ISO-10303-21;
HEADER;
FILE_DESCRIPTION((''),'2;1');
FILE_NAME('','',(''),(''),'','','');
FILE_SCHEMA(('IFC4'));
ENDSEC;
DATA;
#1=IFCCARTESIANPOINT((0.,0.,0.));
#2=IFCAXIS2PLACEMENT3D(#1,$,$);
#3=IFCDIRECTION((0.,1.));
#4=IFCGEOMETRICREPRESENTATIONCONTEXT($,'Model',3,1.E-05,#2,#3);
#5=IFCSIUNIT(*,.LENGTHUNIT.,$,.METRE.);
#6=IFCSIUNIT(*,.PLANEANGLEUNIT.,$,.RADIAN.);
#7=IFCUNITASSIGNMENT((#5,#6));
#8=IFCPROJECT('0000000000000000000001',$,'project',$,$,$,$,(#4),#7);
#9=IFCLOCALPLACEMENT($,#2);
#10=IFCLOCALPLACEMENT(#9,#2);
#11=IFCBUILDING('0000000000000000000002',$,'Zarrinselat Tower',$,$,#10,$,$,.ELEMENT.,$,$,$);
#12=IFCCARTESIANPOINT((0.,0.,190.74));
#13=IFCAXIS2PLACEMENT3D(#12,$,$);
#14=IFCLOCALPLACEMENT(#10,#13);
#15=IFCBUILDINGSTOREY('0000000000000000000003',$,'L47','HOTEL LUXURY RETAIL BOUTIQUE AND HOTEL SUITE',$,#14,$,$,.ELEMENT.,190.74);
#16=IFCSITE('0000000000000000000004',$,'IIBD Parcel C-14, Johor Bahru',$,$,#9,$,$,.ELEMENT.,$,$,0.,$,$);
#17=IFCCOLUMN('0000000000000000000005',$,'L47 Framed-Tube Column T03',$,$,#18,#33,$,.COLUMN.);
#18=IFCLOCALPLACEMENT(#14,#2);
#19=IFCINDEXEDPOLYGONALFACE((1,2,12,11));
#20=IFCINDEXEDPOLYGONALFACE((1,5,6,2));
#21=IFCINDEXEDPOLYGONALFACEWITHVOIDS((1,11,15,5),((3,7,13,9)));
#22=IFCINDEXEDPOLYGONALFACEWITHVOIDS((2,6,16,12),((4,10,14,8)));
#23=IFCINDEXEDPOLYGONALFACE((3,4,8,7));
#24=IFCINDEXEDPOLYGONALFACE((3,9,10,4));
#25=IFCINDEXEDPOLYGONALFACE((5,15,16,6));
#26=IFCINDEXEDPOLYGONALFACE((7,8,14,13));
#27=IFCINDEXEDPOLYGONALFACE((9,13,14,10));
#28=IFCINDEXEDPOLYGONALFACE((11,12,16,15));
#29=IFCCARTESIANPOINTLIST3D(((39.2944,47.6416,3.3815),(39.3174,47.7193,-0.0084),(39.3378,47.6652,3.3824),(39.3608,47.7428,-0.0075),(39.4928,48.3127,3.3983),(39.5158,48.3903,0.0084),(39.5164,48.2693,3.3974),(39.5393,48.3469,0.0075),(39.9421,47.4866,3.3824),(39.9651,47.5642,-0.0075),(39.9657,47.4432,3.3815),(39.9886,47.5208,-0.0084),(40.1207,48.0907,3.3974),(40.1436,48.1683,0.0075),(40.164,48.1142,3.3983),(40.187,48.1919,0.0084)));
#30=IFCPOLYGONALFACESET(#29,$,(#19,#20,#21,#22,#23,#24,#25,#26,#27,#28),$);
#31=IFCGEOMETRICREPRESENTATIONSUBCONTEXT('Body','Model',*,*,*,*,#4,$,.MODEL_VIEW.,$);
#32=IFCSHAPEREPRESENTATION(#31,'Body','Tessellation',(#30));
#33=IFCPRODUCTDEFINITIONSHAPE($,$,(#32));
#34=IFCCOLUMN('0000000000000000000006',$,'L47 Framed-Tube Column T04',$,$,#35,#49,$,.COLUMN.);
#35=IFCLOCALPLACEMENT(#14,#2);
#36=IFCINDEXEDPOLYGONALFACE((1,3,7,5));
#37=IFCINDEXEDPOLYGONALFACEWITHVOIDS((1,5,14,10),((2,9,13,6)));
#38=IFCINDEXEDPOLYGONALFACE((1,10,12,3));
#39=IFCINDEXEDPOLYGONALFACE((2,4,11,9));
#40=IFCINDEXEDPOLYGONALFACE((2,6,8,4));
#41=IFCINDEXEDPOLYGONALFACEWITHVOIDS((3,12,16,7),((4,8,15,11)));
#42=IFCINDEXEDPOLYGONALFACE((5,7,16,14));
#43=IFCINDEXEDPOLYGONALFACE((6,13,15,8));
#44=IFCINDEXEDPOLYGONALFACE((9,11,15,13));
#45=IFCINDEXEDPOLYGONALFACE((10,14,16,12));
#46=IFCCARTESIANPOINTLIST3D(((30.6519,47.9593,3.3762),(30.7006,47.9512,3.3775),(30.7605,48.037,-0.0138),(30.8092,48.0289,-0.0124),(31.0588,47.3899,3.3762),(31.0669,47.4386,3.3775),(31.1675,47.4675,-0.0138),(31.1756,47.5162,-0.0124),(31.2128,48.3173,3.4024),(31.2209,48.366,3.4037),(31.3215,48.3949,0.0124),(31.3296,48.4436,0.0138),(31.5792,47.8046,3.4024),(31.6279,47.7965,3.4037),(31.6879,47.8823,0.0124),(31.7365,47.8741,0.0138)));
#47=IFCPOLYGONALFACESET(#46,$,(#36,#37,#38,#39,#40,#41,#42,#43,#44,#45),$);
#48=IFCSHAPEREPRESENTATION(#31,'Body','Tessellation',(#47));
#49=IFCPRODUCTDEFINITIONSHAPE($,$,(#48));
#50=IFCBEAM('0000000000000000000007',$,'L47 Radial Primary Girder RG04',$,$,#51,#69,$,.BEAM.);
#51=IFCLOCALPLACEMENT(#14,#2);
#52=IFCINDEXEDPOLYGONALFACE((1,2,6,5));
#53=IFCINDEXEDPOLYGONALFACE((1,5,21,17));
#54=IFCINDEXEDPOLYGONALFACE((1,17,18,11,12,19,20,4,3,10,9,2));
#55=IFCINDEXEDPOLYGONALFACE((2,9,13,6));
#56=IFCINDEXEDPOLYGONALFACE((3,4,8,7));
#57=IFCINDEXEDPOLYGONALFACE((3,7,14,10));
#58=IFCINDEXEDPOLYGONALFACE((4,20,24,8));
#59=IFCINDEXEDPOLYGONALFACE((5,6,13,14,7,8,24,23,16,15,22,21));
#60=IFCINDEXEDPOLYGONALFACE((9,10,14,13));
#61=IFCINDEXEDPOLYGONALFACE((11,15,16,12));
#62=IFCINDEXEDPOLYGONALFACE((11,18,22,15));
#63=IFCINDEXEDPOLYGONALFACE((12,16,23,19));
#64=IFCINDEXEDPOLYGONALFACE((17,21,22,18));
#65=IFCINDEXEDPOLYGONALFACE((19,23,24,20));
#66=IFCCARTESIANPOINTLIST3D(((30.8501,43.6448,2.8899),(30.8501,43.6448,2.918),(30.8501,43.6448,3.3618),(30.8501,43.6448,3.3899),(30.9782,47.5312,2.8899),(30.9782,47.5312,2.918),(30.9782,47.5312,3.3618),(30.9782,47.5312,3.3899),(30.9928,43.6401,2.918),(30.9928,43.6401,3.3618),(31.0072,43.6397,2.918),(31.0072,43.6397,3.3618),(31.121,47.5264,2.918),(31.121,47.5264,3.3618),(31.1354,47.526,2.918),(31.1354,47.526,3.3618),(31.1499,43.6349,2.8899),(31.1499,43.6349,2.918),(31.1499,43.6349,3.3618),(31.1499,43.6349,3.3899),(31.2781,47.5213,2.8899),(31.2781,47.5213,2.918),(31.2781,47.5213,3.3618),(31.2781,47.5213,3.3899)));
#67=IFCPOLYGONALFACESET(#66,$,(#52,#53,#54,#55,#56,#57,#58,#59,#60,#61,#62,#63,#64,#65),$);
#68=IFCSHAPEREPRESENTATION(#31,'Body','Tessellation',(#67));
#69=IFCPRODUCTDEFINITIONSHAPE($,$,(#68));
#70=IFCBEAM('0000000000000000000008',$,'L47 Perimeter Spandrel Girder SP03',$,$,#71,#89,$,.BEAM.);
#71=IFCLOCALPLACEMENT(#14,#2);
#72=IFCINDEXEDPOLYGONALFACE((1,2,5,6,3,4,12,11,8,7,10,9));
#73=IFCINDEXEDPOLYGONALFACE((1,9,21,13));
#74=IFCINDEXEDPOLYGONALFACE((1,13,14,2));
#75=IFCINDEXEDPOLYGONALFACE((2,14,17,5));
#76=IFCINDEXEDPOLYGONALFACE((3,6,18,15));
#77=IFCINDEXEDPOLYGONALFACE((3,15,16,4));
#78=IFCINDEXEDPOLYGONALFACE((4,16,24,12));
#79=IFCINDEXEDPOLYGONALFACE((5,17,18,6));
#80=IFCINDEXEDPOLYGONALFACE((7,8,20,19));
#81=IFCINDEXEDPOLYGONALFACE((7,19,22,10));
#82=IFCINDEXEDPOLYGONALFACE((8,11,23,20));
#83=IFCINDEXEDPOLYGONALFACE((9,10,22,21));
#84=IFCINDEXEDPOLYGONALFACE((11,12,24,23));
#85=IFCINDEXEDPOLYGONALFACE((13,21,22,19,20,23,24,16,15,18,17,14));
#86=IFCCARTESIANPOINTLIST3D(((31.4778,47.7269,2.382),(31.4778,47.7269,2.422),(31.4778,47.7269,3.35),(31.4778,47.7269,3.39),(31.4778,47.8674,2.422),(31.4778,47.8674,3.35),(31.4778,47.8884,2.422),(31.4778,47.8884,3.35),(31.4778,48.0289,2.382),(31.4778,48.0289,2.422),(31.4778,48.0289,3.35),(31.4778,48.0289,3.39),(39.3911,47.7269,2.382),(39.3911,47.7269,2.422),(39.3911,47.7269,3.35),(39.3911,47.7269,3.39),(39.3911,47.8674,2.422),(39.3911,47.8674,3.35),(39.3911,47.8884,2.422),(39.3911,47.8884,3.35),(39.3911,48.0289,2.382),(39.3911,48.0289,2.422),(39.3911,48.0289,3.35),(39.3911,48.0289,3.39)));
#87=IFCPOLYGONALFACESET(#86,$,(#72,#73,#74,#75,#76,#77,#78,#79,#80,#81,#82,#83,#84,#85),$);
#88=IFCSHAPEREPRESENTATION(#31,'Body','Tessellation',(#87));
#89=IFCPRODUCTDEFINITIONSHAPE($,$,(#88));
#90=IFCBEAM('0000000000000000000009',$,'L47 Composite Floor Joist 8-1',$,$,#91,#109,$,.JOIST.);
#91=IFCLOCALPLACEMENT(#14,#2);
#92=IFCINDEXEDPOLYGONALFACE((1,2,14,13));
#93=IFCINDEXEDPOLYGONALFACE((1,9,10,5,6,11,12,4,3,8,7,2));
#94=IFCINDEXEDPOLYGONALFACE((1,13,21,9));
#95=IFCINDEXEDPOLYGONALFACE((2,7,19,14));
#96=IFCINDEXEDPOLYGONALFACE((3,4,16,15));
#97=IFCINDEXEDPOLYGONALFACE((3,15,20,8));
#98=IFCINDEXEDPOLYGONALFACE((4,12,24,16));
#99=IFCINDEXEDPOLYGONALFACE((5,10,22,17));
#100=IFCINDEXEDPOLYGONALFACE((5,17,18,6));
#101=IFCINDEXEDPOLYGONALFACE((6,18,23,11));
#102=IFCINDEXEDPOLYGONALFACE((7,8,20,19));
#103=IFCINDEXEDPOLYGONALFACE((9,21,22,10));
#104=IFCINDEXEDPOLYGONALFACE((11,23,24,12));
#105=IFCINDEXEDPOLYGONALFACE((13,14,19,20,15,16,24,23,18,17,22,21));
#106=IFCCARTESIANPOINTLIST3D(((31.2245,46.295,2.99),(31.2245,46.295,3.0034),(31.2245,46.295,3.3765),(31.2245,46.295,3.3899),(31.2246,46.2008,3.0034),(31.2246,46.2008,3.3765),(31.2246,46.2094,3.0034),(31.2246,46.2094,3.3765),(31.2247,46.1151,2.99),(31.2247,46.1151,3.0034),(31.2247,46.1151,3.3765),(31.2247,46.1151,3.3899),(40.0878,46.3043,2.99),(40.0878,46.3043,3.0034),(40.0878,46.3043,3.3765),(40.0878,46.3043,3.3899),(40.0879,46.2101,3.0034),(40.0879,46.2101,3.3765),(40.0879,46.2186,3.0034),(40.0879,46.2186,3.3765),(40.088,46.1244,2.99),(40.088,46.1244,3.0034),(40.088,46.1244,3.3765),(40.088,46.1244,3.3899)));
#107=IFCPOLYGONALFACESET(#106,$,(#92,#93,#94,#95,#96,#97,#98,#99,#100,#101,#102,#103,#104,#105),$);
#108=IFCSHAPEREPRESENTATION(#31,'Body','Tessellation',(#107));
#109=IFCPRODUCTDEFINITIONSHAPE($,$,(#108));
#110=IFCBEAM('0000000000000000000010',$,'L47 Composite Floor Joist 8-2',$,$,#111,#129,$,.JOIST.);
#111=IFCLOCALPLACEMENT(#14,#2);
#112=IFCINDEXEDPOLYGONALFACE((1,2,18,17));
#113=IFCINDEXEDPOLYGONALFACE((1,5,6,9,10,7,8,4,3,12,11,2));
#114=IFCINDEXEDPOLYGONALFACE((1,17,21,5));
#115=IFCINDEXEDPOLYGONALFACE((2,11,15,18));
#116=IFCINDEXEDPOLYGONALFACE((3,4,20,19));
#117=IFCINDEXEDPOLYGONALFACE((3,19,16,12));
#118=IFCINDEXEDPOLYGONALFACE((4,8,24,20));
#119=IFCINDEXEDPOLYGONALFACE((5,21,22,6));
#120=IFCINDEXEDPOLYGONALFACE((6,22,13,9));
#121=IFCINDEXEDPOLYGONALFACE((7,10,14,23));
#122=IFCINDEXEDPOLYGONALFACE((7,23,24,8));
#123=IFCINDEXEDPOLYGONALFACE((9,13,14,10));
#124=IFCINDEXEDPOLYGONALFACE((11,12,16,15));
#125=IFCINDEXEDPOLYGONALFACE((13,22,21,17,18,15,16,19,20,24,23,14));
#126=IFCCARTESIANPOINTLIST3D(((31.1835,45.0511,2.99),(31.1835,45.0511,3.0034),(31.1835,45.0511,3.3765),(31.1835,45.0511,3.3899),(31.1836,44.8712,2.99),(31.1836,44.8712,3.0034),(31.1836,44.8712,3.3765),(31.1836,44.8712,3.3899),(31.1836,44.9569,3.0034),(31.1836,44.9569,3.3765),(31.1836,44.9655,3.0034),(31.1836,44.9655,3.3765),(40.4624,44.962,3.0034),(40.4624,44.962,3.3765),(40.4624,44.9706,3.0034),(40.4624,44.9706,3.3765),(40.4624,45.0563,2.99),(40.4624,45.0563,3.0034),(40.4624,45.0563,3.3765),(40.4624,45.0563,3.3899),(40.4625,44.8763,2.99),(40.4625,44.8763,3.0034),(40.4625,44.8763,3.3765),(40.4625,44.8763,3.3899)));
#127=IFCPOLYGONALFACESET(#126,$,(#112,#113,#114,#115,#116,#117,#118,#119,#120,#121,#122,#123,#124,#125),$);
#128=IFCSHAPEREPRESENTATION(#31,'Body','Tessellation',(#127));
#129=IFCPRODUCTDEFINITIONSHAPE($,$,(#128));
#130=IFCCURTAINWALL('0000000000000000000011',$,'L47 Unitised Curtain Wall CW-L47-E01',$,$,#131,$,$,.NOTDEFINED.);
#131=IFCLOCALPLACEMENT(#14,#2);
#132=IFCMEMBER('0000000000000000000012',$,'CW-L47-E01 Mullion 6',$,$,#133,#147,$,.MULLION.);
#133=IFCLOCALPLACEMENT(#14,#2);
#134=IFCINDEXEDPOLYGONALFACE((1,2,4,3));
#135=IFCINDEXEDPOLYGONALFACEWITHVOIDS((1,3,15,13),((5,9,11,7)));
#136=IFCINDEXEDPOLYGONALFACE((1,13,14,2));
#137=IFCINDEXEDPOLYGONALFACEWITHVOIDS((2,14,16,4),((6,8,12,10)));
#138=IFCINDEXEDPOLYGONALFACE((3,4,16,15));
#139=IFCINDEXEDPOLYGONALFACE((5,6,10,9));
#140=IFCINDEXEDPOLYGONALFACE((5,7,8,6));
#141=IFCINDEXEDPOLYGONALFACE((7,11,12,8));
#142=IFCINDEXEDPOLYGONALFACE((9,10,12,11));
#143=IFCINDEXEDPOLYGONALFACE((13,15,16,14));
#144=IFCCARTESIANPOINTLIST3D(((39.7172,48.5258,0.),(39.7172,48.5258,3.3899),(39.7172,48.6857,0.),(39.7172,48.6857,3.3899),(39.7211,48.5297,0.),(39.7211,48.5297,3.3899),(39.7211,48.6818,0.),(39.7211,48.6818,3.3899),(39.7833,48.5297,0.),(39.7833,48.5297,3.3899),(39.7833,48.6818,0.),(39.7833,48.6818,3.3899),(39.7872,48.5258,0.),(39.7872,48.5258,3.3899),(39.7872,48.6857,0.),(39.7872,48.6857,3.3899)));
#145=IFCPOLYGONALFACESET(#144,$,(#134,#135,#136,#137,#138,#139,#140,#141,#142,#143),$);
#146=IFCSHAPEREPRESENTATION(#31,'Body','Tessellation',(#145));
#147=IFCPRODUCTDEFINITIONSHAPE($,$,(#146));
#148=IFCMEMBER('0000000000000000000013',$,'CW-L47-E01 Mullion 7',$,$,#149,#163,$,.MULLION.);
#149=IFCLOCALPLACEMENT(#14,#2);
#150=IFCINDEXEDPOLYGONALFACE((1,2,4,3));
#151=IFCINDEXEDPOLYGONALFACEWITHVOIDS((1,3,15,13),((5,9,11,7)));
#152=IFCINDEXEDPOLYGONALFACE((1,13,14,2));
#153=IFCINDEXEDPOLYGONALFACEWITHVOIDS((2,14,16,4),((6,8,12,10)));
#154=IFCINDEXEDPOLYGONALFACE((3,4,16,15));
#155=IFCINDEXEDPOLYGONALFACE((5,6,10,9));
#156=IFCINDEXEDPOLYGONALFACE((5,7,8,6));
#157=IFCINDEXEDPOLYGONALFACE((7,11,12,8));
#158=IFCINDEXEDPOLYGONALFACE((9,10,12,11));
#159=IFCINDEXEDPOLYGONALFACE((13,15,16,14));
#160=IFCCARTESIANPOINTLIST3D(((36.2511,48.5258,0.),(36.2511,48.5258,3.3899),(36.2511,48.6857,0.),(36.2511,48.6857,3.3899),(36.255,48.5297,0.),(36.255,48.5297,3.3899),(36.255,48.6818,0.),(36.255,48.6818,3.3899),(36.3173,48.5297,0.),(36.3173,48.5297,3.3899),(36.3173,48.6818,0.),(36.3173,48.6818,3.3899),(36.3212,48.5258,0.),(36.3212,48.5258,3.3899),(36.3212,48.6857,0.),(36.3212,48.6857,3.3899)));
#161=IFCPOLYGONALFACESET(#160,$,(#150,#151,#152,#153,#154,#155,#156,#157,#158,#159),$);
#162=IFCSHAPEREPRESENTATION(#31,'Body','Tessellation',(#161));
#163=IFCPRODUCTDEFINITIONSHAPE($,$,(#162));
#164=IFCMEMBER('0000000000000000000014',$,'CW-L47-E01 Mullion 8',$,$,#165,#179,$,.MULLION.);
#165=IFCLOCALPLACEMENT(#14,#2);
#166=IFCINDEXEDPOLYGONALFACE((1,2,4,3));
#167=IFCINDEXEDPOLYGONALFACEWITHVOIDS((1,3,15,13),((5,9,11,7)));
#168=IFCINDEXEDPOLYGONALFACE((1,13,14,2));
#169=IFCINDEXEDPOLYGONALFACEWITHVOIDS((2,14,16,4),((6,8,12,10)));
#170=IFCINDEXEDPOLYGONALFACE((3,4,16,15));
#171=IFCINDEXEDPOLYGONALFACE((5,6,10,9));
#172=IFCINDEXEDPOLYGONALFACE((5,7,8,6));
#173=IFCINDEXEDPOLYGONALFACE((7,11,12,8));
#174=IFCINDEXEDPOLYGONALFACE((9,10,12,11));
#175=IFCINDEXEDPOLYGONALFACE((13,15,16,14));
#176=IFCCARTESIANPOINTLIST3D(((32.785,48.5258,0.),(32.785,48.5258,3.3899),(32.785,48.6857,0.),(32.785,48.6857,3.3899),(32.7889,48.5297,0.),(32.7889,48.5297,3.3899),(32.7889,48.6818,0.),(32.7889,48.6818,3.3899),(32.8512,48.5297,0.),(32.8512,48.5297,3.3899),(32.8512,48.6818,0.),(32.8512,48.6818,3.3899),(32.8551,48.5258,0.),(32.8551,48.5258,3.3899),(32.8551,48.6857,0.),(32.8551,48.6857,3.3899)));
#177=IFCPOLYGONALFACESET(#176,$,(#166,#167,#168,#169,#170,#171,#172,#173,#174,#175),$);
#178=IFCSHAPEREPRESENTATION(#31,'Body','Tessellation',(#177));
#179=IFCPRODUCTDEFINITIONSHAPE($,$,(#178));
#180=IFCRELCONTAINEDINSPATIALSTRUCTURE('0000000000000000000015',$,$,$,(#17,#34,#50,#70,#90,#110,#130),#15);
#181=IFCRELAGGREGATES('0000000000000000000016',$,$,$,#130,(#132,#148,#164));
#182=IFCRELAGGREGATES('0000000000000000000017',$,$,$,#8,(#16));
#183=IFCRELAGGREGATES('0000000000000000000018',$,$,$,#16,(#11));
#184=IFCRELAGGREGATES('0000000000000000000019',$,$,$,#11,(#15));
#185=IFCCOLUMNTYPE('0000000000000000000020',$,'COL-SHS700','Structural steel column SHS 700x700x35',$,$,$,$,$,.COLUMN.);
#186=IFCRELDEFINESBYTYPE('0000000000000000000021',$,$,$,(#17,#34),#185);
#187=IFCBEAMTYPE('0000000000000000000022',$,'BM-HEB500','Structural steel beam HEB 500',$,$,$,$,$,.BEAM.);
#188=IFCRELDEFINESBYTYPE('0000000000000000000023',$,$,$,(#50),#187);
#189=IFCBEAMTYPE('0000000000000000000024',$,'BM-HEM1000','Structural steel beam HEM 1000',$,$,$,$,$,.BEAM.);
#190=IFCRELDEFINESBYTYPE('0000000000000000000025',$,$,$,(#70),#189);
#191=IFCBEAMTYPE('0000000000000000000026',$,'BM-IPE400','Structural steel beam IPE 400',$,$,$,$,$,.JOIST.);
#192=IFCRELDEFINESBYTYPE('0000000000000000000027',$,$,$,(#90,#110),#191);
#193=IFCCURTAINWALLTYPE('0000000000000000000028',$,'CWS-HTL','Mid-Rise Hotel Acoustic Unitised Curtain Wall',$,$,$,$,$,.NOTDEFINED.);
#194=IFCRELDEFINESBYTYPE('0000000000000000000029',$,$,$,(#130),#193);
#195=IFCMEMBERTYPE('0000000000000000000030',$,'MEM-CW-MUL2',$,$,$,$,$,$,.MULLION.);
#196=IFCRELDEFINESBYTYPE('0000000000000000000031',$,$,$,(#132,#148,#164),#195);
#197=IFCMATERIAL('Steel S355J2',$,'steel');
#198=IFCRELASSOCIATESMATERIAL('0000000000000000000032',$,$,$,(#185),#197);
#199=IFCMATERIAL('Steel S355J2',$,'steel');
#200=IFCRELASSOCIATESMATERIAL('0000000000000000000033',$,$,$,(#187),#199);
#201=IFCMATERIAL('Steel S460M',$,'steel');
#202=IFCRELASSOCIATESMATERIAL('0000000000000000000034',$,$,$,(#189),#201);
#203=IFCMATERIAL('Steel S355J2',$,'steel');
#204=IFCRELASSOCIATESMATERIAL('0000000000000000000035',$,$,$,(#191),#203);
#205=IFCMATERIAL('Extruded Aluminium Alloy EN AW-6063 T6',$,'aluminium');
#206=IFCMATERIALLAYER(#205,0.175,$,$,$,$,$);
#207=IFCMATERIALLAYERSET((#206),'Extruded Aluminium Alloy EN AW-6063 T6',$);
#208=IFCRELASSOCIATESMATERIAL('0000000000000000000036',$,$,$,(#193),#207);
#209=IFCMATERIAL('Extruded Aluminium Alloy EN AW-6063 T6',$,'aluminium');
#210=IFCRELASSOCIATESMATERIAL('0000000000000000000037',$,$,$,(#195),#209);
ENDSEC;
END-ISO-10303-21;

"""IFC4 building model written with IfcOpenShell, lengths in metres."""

from ifc_helpers import new_model, si_unit, direction, frame, origin, origin_2d, place, context, subcontext, project, spatial, hollow_rectangle, i_section, extrude, material, layer, layer_set, material_profile, profile_set, type_object, element, aggregate, save


model = new_model("IFC4")

# Units and contexts
model_context = context("Model", 3, precision=1e-05, world=origin(), true_north=direction((0.0, 1.0)))
body_context = subcontext(model_context, "Body", "Model", "MODEL_VIEW")
ifc_project = project(units=[si_unit("LENGTHUNIT", "METRE"), si_unit("PLANEANGLEUNIT", "RADIAN")], contexts=[model_context])

# Site, building, storey
site_placement = place(None, origin())
site = spatial("IfcSite", under=ifc_project, at=site_placement, Name="IIBD Parcel C-14, Johor Bahru", CompositionType="ELEMENT", RefElevation=0.0)
building_placement = place(site_placement, origin())
building = spatial("IfcBuilding", under=site, at=building_placement, Name="Zarrinselat Tower", CompositionType="ELEMENT")
storey_placement = place(building_placement, frame((0.0, 0.0, 190.74)))
storey = spatial("IfcBuildingStorey", under=building, at=storey_placement, Name="L47", Description="HOTEL LUXURY RETAIL BOUTIQUE AND HOTEL SUITE", CompositionType="ELEMENT", Elevation=190.74)

# Columns
ifc_material_1 = material(Name="Steel S355J2", Category="steel")
ifc_material_profile_1 = material_profile(ifc_material_1, hollow_rectangle(XDim=0.7, YDim=0.7, WallThickness=0.0349, at=origin_2d()), Name="SHS 700x700x35")
ifc_profile_set_1 = profile_set([ifc_material_profile_1], Name="Steel S355J2")
column_type = type_object("IfcColumnType", Name="COL-SHS700", Description="Structural steel column SHS 700x700x35", PredefinedType="COLUMN", material=ifc_profile_set_1)
column_1_placement = place(storey_placement, frame((39.7522, 47.9556, 0.0), z_axis=(-0.006768, -0.022896, 0.999715), x_axis=(0.95898, -0.283472, 0.0)))
element("IfcColumn", 1, at=column_1_placement, inside=storey, type_object=column_type, Name="L47 Framed-Tube Column T03", PredefinedType="COLUMN", context=body_context, shape_type="SweptSolid", body=[
    extrude(hollow_rectangle(XDim=0.7, YDim=0.7, WallThickness=0.0349, at=origin_2d()), origin(), (0.0, 0.0, 1.0), 3.3909),
])
column_2_placement = place(storey_placement, frame((31.2485, 47.9556, 0.0), z_axis=(-0.032024, -0.022885, 0.999225), x_axis=(0.581411, -0.81361, 0.0)))
element("IfcColumn", 2, at=column_2_placement, inside=storey, type_object=column_type, Name="L47 Framed-Tube Column T04", PredefinedType="COLUMN", context=body_context, shape_type="SweptSolid", body=[
    extrude(hollow_rectangle(XDim=0.7, YDim=0.7, WallThickness=0.0349, at=origin_2d()), origin(), (0.0, 0.0, 1.0), 3.3926),
])

# Beams
ifc_material_2 = material(Name="Steel S355J2", Category="steel")
ifc_material_profile_2 = material_profile(ifc_material_2, i_section(OverallWidth=0.3, OverallDepth=0.5, WebThickness=0.0144, FlangeThickness=0.0281, at=origin_2d()), Name="HEB 500")
ifc_profile_set_2 = profile_set([ifc_material_profile_2], Name="Steel S355J2")
beam_type_1 = type_object("IfcBeamType", Name="BM-HEB500", Description="Structural steel beam HEB 500", PredefinedType="BEAM", material=ifc_profile_set_2)
beam_1_placement = place(storey_placement, frame((31.0, 43.6399, 3.1399), z_axis=(0.032964, 0.999457, 0.0), x_axis=(-0.999457, 0.032964, 0.0)))
element("IfcBeam", 3, at=beam_1_placement, inside=storey, type_object=beam_type_1, Name="L47 Radial Primary Girder RG04", PredefinedType="BEAM", context=body_context, shape_type="SweptSolid", body=[
    extrude(i_section(OverallWidth=0.3, OverallDepth=0.5, WebThickness=0.0144, FlangeThickness=0.0281, at=origin_2d()), origin(), (0.0, 0.0, 1.0), 3.8884),
])
ifc_material_3 = material(Name="Steel S460M", Category="steel")
ifc_material_profile_3 = material_profile(ifc_material_3, i_section(OverallWidth=0.302, OverallDepth=1.0081, WebThickness=0.021, FlangeThickness=0.04, at=origin_2d()), Name="HEM 1000")
ifc_profile_set_3 = profile_set([ifc_material_profile_3], Name="Steel S460M")
beam_type_2 = type_object("IfcBeamType", Name="BM-HEM1000", Description="Structural steel beam HEM 1000", PredefinedType="BEAM", material=ifc_profile_set_3)
beam_2_placement = place(storey_placement, frame((31.4778, 47.8779, 2.886), z_axis=(1.0, 0.0, 0.0), x_axis=(0.0, 1.0, 0.0)))
element("IfcBeam", 4, at=beam_2_placement, inside=storey, type_object=beam_type_2, Name="L47 Perimeter Spandrel Girder SP03", PredefinedType="BEAM", context=body_context, shape_type="SweptSolid", body=[
    extrude(i_section(OverallWidth=0.302, OverallDepth=1.0081, WebThickness=0.021, FlangeThickness=0.04, at=origin_2d()), origin(), (0.0, 0.0, 1.0), 7.9133),
])
ifc_material_4 = material(Name="Steel S355J2", Category="steel")
ifc_material_profile_4 = material_profile(ifc_material_4, i_section(OverallWidth=0.1799, OverallDepth=0.3999, WebThickness=0.0085, FlangeThickness=0.0134, at=origin_2d()), Name="IPE 400")
ifc_profile_set_4 = profile_set([ifc_material_profile_4], Name="Steel S355J2")
beam_type_3 = type_object("IfcBeamType", Name="BM-IPE400", Description="Structural steel beam IPE 400", PredefinedType="JOIST", material=ifc_profile_set_4)
beam_3_placement = place(storey_placement, frame((31.2246, 46.2051, 3.1899), z_axis=(0.999999, 0.001047, 0.0), x_axis=(-0.001047, 0.999999, 0.0)))
element("IfcBeam", 5, at=beam_3_placement, inside=storey, type_object=beam_type_3, Name="L47 Composite Floor Joist 8-1", PredefinedType="JOIST", context=body_context, shape_type="SweptSolid", body=[
    extrude(i_section(OverallWidth=0.1799, OverallDepth=0.3999, WebThickness=0.0085, FlangeThickness=0.0134, at=origin_2d()), origin(), (0.0, 0.0, 1.0), 8.8633),
])
beam_4_placement = place(storey_placement, frame((31.1836, 44.9612, 3.1899), z_axis=(1.0, 0.000553, 0.0), x_axis=(-0.000553, 1.0, 0.0)))
element("IfcBeam", 6, at=beam_4_placement, inside=storey, type_object=beam_type_3, Name="L47 Composite Floor Joist 8-2", PredefinedType="JOIST", context=body_context, shape_type="SweptSolid", body=[
    extrude(i_section(OverallWidth=0.1799, OverallDepth=0.3999, WebThickness=0.0085, FlangeThickness=0.0134, at=origin_2d()), origin(), (0.0, 0.0, 1.0), 9.2788),
])

# Curtain wall, members
ifc_material_5 = material(Name="Extruded Aluminium Alloy EN AW-6063 T6", Category="aluminium")
ifc_layer_1 = layer(ifc_material_5, 0.175)
ifc_layer_set_1 = layer_set([ifc_layer_1], Name="Extruded Aluminium Alloy EN AW-6063 T6")
curtain_wall_type = type_object("IfcCurtainWallType", Name="CWS-HTL", Description="Mid-Rise Hotel Acoustic Unitised Curtain Wall", PredefinedType="NOTDEFINED", material=ifc_layer_set_1)
curtain_wall_placement = place(storey_placement, origin())
curtain_wall = element("IfcCurtainWall", 7, at=curtain_wall_placement, inside=storey, type_object=curtain_wall_type, Name="L47 Unitised Curtain Wall CW-L47-E01", PredefinedType="NOTDEFINED")
ifc_material_6 = material(Name="Extruded Aluminium Alloy EN AW-6063 T6", Category="aluminium")
ifc_material_profile_5 = material_profile(ifc_material_6, hollow_rectangle(XDim=0.0701, YDim=0.1599, WallThickness=0.0039, at=origin_2d()), Name="RHS 160x70x4")
ifc_profile_set_5 = profile_set([ifc_material_profile_5], Name="Extruded Aluminium Alloy EN AW-6063 T6")
member_type_1 = type_object("IfcMemberType", Name="MEM-CW-MUL2", PredefinedType="MULLION", material=ifc_profile_set_5)
member_1_placement = place(storey_placement, frame((39.7522, 48.6057, 0.0), z_axis=(0.0, 0.0, 1.0), x_axis=(-1.0, 0.0, 0.0)))
member_1 = element("IfcMember", 8, at=member_1_placement, type_object=member_type_1, Name="CW-L47-E01 Mullion 6", PredefinedType="MULLION", context=body_context, shape_type="SweptSolid", body=[
    extrude(hollow_rectangle(XDim=0.0701, YDim=0.1599, WallThickness=0.0039, at=origin_2d()), origin(), (0.0, 0.0, 1.0), 3.3899),
])
member_2_placement = place(storey_placement, frame((36.2861, 48.6057, 0.0), z_axis=(0.0, 0.0, 1.0), x_axis=(-1.0, 0.0, 0.0)))
member_2 = element("IfcMember", 9, at=member_2_placement, type_object=member_type_1, Name="CW-L47-E01 Mullion 7", PredefinedType="MULLION", context=body_context, shape_type="SweptSolid", body=[
    extrude(hollow_rectangle(XDim=0.0701, YDim=0.1599, WallThickness=0.0039, at=origin_2d()), origin(), (0.0, 0.0, 1.0), 3.3899),
])
member_3_placement = place(storey_placement, frame((32.8201, 48.6057, 0.0), z_axis=(0.0, 0.0, 1.0), x_axis=(-1.0, 0.0, 0.0)))
member_3 = element("IfcMember", 10, at=member_3_placement, type_object=member_type_1, Name="CW-L47-E01 Mullion 8", PredefinedType="MULLION", context=body_context, shape_type="SweptSolid", body=[
    extrude(hollow_rectangle(XDim=0.0701, YDim=0.1599, WallThickness=0.0039, at=origin_2d()), origin(), (0.0, 0.0, 1.0), 3.3899),
])
aggregate(curtain_wall, [member_1, member_2, member_3])

save(model, "model.ifc")
